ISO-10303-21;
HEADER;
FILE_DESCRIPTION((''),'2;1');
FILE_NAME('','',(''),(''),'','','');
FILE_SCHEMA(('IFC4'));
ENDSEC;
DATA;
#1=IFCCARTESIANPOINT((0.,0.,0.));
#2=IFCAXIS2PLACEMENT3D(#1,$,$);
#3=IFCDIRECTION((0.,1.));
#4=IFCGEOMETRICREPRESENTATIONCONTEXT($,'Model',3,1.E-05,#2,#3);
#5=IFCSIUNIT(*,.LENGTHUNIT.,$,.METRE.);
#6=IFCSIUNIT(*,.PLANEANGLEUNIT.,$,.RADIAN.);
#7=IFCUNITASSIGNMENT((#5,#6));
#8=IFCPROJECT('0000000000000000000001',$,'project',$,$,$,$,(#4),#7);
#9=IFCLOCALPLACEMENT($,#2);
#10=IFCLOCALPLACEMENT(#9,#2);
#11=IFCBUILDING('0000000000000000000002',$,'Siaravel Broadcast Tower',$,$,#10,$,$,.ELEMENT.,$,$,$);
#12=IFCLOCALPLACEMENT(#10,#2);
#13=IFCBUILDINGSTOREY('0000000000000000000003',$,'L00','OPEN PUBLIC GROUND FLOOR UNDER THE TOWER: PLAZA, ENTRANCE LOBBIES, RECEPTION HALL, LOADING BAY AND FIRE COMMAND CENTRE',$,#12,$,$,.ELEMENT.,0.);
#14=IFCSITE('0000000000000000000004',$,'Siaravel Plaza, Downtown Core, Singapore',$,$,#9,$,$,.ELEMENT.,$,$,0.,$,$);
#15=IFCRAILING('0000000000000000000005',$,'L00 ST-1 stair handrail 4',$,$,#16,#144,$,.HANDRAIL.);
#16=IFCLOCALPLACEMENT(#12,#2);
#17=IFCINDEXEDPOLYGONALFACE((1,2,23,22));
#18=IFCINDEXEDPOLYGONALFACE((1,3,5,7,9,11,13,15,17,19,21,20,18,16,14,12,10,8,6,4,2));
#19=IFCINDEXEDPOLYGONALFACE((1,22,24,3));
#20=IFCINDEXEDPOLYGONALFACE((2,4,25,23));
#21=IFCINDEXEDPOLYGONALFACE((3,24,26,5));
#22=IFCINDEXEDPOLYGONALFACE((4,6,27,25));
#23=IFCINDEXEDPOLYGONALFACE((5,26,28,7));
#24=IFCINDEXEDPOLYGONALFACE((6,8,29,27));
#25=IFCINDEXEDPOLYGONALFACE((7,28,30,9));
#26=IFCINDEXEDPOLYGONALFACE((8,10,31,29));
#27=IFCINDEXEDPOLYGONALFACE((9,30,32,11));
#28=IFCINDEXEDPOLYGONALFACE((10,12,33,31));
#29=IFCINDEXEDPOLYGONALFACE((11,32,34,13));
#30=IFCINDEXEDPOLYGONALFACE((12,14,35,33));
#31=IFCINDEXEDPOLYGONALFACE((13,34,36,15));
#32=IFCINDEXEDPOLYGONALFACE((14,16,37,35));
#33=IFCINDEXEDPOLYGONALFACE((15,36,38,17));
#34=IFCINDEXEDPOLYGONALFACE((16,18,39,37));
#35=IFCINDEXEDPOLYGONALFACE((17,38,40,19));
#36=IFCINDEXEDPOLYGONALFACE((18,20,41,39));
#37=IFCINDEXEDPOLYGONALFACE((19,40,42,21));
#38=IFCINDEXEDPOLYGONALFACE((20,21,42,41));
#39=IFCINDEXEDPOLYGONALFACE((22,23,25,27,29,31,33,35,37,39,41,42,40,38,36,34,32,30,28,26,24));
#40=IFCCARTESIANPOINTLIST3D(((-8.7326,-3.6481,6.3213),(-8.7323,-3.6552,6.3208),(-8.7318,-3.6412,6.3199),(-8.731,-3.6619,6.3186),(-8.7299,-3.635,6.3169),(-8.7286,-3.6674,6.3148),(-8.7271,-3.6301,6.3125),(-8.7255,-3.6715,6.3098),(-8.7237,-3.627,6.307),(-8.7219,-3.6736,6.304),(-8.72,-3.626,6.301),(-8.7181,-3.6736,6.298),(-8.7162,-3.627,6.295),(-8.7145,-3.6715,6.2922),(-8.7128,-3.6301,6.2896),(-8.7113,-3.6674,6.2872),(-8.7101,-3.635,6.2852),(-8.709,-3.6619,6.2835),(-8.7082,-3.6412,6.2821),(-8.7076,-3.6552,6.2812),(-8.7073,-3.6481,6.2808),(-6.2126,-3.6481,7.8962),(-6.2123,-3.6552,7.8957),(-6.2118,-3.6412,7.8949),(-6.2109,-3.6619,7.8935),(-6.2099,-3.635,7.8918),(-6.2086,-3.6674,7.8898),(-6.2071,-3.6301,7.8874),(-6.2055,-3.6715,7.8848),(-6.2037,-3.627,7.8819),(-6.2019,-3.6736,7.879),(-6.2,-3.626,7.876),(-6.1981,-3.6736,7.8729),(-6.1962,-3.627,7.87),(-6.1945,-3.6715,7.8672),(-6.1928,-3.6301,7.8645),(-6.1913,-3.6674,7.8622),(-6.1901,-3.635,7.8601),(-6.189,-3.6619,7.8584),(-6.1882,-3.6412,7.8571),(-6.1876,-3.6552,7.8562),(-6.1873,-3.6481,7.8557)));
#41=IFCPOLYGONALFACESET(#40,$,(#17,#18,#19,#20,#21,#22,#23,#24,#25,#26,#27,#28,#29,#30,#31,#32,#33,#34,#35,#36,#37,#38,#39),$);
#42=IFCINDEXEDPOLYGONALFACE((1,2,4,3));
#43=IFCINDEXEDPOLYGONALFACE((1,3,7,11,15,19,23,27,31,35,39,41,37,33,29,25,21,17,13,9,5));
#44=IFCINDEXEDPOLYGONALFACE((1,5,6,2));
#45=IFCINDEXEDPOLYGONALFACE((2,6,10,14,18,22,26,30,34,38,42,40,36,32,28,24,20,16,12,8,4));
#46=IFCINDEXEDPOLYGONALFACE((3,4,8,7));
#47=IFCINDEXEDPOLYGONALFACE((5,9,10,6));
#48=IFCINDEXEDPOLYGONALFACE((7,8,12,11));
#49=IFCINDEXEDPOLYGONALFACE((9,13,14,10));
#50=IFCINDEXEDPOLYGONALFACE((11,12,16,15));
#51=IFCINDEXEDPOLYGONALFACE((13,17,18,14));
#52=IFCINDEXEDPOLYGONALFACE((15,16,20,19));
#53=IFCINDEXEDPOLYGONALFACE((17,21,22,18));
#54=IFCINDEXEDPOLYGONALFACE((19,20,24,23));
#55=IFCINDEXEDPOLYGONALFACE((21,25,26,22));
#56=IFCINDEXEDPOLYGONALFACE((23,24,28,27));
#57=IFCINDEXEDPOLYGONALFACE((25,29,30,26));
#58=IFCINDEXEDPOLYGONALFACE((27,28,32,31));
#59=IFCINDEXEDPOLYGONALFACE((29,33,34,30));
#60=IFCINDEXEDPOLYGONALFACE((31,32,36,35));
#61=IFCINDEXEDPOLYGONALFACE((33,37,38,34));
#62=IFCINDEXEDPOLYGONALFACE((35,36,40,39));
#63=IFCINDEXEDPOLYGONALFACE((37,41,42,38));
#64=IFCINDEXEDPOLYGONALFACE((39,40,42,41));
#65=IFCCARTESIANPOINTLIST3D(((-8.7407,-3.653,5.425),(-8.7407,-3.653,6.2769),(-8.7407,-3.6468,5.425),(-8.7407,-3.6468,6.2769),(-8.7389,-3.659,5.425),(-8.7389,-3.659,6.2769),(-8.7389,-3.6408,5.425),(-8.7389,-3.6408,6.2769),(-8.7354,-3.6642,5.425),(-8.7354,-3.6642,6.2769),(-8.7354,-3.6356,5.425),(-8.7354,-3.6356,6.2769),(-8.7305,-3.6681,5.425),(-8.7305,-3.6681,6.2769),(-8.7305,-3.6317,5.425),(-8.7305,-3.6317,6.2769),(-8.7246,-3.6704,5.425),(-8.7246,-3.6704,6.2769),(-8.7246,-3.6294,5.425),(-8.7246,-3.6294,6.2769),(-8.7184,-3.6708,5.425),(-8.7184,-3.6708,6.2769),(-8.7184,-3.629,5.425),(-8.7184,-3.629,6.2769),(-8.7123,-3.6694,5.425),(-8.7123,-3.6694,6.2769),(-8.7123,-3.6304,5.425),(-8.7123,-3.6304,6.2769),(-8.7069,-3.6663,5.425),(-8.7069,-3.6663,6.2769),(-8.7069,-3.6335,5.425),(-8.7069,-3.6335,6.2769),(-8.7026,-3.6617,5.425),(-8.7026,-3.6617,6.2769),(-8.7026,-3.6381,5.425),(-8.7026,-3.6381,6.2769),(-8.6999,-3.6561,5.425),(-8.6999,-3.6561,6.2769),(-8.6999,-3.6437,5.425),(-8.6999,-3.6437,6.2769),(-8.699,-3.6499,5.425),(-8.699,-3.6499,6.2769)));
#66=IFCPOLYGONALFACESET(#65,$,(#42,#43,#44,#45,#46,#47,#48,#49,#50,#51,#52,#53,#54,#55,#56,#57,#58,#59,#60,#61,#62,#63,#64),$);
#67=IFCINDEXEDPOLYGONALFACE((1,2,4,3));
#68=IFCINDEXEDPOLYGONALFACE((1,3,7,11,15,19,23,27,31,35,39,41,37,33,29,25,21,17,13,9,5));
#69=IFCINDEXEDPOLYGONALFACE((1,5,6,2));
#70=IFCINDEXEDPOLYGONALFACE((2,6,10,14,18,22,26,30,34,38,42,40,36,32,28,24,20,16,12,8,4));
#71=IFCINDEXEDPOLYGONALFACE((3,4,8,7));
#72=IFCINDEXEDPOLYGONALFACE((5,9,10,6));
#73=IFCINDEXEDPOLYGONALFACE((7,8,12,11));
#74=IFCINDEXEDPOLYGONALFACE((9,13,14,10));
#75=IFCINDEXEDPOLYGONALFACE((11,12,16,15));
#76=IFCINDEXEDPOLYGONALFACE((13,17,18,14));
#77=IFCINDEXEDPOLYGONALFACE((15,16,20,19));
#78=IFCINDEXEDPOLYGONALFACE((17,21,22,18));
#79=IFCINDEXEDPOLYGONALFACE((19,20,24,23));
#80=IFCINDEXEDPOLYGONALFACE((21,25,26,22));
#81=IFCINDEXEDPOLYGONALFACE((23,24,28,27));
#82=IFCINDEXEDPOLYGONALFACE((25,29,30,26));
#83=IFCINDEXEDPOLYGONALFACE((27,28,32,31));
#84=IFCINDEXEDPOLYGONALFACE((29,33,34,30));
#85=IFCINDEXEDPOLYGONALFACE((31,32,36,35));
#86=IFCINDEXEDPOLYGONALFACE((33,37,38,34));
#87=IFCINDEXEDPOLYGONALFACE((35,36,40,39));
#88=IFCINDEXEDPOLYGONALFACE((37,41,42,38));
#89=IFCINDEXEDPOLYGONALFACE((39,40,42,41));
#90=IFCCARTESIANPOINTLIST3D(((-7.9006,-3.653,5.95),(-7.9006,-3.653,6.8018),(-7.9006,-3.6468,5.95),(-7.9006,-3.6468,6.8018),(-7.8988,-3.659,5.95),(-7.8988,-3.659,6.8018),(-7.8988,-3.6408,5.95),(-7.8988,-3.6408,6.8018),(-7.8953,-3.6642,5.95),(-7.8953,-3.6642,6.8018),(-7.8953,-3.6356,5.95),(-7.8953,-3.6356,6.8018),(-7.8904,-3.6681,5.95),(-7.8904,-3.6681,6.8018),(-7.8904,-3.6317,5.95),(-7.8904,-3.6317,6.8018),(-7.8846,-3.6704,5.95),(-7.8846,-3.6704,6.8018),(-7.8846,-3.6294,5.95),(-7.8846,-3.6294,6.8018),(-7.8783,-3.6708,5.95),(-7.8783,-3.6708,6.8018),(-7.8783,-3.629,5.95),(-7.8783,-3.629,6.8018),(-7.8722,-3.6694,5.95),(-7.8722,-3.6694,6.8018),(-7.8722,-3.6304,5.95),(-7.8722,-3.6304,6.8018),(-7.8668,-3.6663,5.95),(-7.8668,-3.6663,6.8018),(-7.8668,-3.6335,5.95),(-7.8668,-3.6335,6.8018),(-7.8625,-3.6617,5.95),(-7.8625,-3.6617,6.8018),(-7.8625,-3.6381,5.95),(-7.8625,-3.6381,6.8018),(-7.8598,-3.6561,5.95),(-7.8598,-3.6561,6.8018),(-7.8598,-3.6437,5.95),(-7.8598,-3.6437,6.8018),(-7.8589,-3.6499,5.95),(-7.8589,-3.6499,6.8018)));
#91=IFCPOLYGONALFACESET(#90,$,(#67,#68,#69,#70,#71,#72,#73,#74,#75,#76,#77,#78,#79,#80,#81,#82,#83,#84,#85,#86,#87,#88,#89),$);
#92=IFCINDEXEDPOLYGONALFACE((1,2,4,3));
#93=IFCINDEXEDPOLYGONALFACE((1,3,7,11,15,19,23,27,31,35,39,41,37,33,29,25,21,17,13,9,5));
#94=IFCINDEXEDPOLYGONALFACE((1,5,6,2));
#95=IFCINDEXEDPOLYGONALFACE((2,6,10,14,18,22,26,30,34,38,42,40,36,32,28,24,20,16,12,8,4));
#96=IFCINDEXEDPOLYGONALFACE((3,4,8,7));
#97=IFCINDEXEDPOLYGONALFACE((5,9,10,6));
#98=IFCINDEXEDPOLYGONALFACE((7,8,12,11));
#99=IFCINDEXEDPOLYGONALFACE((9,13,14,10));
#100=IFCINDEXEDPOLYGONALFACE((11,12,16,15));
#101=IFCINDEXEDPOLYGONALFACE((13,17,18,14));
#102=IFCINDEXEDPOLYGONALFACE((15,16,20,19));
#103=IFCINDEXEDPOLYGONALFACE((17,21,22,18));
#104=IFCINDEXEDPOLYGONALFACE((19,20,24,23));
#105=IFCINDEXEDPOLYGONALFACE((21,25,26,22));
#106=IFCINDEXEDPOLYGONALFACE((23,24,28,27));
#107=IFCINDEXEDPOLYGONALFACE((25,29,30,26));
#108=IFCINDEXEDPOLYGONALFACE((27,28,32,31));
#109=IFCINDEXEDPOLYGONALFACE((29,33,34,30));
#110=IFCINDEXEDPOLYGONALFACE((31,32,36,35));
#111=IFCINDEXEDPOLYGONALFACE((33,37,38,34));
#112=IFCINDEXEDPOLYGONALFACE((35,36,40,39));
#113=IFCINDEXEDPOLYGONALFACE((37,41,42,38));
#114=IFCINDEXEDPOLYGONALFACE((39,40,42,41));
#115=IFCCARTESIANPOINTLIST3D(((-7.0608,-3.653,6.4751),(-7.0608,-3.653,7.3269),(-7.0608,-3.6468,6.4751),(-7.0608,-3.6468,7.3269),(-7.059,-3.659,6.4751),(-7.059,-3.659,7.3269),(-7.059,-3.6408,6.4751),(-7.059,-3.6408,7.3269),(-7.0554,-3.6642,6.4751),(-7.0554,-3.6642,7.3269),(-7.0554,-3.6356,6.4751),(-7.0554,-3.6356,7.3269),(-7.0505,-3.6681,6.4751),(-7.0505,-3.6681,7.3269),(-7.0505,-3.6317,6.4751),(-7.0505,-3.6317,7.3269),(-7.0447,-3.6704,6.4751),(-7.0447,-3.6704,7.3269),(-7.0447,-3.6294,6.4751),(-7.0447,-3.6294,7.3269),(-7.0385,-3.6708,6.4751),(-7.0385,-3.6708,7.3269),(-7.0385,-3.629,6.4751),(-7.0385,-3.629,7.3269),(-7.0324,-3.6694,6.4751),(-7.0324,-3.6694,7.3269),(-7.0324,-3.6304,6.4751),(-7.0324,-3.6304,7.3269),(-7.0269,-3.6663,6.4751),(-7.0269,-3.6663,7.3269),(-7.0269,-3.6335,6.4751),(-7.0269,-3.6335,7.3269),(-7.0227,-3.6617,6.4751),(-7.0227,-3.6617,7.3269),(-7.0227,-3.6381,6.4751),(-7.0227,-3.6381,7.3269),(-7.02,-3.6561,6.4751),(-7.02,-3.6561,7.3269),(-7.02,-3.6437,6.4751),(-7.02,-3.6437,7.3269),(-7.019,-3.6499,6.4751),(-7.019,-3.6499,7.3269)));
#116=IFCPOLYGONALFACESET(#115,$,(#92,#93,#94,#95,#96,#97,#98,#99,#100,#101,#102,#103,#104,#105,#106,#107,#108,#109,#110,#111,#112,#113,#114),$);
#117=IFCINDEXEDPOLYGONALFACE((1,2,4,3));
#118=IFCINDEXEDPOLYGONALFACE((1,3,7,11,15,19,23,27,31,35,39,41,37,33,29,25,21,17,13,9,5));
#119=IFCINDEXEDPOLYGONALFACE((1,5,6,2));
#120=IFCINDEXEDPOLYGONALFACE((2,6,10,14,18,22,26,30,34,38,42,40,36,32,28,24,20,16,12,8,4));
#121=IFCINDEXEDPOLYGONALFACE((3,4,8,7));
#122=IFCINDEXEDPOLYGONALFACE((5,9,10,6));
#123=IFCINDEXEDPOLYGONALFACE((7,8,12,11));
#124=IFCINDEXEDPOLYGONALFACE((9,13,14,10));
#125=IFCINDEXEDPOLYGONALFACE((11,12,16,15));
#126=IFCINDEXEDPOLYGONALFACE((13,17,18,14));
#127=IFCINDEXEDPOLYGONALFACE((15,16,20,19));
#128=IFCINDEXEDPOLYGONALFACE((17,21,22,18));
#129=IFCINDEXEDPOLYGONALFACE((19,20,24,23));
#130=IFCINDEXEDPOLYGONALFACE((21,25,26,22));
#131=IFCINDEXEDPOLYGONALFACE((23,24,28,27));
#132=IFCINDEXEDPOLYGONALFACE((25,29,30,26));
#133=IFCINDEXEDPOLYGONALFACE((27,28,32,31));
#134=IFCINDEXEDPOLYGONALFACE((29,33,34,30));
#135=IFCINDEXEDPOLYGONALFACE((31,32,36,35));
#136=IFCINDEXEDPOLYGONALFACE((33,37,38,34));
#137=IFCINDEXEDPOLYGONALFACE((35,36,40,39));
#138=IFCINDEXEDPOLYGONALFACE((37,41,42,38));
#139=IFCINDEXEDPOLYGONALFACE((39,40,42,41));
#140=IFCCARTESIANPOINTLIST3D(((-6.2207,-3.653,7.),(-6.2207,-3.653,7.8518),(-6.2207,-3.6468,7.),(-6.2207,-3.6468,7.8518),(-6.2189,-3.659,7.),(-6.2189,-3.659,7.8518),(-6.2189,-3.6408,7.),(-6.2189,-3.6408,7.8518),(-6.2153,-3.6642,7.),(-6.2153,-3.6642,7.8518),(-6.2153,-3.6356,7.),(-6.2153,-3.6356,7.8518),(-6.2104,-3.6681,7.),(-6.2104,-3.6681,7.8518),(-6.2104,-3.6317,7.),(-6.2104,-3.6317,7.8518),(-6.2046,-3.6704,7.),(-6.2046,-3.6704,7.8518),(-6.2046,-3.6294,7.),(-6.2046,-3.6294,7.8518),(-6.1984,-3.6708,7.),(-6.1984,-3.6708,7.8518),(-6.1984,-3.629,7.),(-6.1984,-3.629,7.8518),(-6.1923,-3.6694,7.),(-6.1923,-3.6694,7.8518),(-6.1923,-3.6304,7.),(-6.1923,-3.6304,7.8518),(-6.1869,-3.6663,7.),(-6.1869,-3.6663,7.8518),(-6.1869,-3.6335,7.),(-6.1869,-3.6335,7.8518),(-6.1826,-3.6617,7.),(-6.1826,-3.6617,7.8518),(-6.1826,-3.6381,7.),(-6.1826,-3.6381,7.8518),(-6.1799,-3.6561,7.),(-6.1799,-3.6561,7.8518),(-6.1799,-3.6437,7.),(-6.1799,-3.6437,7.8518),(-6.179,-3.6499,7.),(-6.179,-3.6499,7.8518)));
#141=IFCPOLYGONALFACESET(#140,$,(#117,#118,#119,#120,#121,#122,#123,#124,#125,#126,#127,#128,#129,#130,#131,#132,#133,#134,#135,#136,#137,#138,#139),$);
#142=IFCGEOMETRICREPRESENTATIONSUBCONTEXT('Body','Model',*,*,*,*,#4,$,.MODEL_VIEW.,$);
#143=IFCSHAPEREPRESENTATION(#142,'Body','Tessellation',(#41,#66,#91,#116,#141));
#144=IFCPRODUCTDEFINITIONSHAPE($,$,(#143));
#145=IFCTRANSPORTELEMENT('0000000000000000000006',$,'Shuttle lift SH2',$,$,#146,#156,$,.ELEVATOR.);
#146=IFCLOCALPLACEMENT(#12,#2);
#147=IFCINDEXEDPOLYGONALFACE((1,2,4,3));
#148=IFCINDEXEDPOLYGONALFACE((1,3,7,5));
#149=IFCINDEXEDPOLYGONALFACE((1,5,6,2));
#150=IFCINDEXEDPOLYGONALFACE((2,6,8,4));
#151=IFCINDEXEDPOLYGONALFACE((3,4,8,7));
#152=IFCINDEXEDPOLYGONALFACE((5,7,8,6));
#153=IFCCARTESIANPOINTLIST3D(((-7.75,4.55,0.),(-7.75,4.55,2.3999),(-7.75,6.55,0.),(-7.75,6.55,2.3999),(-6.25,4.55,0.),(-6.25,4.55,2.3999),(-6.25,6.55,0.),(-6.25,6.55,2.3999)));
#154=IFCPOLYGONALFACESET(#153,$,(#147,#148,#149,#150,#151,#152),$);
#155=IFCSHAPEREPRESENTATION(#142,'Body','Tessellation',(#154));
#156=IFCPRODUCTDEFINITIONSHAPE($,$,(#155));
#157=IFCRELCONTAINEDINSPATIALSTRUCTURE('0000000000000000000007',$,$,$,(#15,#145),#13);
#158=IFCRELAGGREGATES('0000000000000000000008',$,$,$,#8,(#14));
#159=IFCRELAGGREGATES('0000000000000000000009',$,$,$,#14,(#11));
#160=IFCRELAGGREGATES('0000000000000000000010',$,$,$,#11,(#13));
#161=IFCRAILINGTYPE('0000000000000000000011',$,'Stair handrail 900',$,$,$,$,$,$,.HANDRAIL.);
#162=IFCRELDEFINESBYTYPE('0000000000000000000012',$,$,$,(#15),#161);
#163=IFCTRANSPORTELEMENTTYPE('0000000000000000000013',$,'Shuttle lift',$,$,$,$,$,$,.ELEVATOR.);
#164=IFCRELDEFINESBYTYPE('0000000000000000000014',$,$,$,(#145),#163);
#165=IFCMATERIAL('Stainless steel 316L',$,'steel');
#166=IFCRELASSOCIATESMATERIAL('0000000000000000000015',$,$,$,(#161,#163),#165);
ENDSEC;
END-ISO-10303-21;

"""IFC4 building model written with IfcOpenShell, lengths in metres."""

from ifc_helpers import new_model, si_unit, direction, frame, origin, origin_2d, place, context, subcontext, project, spatial, rectangle, circle, extrude, material, type_object, element, save


model = new_model("IFC4")

# Units and contexts
model_context = context("Model", 3, precision=1e-05, world=origin(), true_north=direction((0.0, 1.0)))
body_context = subcontext(model_context, "Body", "Model", "MODEL_VIEW")
ifc_project = project(units=[si_unit("LENGTHUNIT", "METRE"), si_unit("PLANEANGLEUNIT", "RADIAN")], contexts=[model_context])

# Site, building, storey
site_placement = place(None, origin())
site = spatial("IfcSite", under=ifc_project, at=site_placement, Name="Siaravel Plaza, Downtown Core, Singapore", CompositionType="ELEMENT", RefElevation=0.0)
building_placement = place(site_placement, origin())
building = spatial("IfcBuilding", under=site, at=building_placement, Name="Siaravel Broadcast Tower", CompositionType="ELEMENT")
storey_placement = place(building_placement, origin())
storey = spatial("IfcBuildingStorey", under=building, at=storey_placement, Name="L00", Description="OPEN PUBLIC GROUND FLOOR UNDER THE TOWER: PLAZA, ENTRANCE LOBBIES, RECEPTION HALL, LOADING BAY AND FIRE COMMAND CENTRE", CompositionType="ELEMENT", Elevation=0.0)

# Shared definitions
ifc_material_1 = material(Name="Stainless steel 316L", Category="steel")

# Railing
railing_type_1 = type_object("IfcRailingType", Name="Stair handrail 900", PredefinedType="HANDRAIL", material=ifc_material_1)
railing_1_placement = place(storey_placement, frame((-8.72, -3.6499, 5.425)))
element("IfcRailing", 1, at=railing_1_placement, inside=storey, type_object=railing_type_1, Name="L00 ST-1 stair handrail 4", PredefinedType="HANDRAIL", context=body_context, shape_type="SweptSolid", body=[
    extrude(circle(Radius=0.0239, at=origin_2d()), frame((0.0, 0.0, 0.876), z_axis=(0.848008, 0.0, 0.529984), x_axis=(0.0, 1.0, 0.0)), (0.0, 0.0, 1.0), 2.9717),
    extrude(circle(Radius=0.021, at=origin_2d()), origin(), (0.0, 0.0, 1.0), 0.8518),
    extrude(circle(Radius=0.021, at=origin_2d()), frame((0.8401, 0.0, 0.5249)), (0.0, 0.0, 1.0), 0.8518),
    extrude(circle(Radius=0.021, at=origin_2d()), frame((1.6799, 0.0, 1.05)), (0.0, 0.0, 1.0), 0.8518),
    extrude(circle(Radius=0.021, at=origin_2d()), frame((2.52, 0.0, 1.575)), (0.0, 0.0, 1.0), 0.8518),
])

# Transport element
transport_element_type = type_object("IfcTransportElementType", Name="Shuttle lift", PredefinedType="ELEVATOR", material=ifc_material_1)
transport_element_placement = place(storey_placement, frame((-7.0, 5.55, 0.0), z_axis=(0.0, 0.0, 1.0), x_axis=(1.0, 0.0, 0.0)))
element("IfcTransportElement", 2, at=transport_element_placement, inside=storey, type_object=transport_element_type, Name="Shuttle lift SH2", PredefinedType="ELEVATOR", context=body_context, shape_type="SweptSolid", body=[
    extrude(rectangle(XDim=1.5, YDim=2.0, at=origin_2d()), origin(), (0.0, 0.0, 1.0), 2.3999),
])

save(model, "model.ifc")
